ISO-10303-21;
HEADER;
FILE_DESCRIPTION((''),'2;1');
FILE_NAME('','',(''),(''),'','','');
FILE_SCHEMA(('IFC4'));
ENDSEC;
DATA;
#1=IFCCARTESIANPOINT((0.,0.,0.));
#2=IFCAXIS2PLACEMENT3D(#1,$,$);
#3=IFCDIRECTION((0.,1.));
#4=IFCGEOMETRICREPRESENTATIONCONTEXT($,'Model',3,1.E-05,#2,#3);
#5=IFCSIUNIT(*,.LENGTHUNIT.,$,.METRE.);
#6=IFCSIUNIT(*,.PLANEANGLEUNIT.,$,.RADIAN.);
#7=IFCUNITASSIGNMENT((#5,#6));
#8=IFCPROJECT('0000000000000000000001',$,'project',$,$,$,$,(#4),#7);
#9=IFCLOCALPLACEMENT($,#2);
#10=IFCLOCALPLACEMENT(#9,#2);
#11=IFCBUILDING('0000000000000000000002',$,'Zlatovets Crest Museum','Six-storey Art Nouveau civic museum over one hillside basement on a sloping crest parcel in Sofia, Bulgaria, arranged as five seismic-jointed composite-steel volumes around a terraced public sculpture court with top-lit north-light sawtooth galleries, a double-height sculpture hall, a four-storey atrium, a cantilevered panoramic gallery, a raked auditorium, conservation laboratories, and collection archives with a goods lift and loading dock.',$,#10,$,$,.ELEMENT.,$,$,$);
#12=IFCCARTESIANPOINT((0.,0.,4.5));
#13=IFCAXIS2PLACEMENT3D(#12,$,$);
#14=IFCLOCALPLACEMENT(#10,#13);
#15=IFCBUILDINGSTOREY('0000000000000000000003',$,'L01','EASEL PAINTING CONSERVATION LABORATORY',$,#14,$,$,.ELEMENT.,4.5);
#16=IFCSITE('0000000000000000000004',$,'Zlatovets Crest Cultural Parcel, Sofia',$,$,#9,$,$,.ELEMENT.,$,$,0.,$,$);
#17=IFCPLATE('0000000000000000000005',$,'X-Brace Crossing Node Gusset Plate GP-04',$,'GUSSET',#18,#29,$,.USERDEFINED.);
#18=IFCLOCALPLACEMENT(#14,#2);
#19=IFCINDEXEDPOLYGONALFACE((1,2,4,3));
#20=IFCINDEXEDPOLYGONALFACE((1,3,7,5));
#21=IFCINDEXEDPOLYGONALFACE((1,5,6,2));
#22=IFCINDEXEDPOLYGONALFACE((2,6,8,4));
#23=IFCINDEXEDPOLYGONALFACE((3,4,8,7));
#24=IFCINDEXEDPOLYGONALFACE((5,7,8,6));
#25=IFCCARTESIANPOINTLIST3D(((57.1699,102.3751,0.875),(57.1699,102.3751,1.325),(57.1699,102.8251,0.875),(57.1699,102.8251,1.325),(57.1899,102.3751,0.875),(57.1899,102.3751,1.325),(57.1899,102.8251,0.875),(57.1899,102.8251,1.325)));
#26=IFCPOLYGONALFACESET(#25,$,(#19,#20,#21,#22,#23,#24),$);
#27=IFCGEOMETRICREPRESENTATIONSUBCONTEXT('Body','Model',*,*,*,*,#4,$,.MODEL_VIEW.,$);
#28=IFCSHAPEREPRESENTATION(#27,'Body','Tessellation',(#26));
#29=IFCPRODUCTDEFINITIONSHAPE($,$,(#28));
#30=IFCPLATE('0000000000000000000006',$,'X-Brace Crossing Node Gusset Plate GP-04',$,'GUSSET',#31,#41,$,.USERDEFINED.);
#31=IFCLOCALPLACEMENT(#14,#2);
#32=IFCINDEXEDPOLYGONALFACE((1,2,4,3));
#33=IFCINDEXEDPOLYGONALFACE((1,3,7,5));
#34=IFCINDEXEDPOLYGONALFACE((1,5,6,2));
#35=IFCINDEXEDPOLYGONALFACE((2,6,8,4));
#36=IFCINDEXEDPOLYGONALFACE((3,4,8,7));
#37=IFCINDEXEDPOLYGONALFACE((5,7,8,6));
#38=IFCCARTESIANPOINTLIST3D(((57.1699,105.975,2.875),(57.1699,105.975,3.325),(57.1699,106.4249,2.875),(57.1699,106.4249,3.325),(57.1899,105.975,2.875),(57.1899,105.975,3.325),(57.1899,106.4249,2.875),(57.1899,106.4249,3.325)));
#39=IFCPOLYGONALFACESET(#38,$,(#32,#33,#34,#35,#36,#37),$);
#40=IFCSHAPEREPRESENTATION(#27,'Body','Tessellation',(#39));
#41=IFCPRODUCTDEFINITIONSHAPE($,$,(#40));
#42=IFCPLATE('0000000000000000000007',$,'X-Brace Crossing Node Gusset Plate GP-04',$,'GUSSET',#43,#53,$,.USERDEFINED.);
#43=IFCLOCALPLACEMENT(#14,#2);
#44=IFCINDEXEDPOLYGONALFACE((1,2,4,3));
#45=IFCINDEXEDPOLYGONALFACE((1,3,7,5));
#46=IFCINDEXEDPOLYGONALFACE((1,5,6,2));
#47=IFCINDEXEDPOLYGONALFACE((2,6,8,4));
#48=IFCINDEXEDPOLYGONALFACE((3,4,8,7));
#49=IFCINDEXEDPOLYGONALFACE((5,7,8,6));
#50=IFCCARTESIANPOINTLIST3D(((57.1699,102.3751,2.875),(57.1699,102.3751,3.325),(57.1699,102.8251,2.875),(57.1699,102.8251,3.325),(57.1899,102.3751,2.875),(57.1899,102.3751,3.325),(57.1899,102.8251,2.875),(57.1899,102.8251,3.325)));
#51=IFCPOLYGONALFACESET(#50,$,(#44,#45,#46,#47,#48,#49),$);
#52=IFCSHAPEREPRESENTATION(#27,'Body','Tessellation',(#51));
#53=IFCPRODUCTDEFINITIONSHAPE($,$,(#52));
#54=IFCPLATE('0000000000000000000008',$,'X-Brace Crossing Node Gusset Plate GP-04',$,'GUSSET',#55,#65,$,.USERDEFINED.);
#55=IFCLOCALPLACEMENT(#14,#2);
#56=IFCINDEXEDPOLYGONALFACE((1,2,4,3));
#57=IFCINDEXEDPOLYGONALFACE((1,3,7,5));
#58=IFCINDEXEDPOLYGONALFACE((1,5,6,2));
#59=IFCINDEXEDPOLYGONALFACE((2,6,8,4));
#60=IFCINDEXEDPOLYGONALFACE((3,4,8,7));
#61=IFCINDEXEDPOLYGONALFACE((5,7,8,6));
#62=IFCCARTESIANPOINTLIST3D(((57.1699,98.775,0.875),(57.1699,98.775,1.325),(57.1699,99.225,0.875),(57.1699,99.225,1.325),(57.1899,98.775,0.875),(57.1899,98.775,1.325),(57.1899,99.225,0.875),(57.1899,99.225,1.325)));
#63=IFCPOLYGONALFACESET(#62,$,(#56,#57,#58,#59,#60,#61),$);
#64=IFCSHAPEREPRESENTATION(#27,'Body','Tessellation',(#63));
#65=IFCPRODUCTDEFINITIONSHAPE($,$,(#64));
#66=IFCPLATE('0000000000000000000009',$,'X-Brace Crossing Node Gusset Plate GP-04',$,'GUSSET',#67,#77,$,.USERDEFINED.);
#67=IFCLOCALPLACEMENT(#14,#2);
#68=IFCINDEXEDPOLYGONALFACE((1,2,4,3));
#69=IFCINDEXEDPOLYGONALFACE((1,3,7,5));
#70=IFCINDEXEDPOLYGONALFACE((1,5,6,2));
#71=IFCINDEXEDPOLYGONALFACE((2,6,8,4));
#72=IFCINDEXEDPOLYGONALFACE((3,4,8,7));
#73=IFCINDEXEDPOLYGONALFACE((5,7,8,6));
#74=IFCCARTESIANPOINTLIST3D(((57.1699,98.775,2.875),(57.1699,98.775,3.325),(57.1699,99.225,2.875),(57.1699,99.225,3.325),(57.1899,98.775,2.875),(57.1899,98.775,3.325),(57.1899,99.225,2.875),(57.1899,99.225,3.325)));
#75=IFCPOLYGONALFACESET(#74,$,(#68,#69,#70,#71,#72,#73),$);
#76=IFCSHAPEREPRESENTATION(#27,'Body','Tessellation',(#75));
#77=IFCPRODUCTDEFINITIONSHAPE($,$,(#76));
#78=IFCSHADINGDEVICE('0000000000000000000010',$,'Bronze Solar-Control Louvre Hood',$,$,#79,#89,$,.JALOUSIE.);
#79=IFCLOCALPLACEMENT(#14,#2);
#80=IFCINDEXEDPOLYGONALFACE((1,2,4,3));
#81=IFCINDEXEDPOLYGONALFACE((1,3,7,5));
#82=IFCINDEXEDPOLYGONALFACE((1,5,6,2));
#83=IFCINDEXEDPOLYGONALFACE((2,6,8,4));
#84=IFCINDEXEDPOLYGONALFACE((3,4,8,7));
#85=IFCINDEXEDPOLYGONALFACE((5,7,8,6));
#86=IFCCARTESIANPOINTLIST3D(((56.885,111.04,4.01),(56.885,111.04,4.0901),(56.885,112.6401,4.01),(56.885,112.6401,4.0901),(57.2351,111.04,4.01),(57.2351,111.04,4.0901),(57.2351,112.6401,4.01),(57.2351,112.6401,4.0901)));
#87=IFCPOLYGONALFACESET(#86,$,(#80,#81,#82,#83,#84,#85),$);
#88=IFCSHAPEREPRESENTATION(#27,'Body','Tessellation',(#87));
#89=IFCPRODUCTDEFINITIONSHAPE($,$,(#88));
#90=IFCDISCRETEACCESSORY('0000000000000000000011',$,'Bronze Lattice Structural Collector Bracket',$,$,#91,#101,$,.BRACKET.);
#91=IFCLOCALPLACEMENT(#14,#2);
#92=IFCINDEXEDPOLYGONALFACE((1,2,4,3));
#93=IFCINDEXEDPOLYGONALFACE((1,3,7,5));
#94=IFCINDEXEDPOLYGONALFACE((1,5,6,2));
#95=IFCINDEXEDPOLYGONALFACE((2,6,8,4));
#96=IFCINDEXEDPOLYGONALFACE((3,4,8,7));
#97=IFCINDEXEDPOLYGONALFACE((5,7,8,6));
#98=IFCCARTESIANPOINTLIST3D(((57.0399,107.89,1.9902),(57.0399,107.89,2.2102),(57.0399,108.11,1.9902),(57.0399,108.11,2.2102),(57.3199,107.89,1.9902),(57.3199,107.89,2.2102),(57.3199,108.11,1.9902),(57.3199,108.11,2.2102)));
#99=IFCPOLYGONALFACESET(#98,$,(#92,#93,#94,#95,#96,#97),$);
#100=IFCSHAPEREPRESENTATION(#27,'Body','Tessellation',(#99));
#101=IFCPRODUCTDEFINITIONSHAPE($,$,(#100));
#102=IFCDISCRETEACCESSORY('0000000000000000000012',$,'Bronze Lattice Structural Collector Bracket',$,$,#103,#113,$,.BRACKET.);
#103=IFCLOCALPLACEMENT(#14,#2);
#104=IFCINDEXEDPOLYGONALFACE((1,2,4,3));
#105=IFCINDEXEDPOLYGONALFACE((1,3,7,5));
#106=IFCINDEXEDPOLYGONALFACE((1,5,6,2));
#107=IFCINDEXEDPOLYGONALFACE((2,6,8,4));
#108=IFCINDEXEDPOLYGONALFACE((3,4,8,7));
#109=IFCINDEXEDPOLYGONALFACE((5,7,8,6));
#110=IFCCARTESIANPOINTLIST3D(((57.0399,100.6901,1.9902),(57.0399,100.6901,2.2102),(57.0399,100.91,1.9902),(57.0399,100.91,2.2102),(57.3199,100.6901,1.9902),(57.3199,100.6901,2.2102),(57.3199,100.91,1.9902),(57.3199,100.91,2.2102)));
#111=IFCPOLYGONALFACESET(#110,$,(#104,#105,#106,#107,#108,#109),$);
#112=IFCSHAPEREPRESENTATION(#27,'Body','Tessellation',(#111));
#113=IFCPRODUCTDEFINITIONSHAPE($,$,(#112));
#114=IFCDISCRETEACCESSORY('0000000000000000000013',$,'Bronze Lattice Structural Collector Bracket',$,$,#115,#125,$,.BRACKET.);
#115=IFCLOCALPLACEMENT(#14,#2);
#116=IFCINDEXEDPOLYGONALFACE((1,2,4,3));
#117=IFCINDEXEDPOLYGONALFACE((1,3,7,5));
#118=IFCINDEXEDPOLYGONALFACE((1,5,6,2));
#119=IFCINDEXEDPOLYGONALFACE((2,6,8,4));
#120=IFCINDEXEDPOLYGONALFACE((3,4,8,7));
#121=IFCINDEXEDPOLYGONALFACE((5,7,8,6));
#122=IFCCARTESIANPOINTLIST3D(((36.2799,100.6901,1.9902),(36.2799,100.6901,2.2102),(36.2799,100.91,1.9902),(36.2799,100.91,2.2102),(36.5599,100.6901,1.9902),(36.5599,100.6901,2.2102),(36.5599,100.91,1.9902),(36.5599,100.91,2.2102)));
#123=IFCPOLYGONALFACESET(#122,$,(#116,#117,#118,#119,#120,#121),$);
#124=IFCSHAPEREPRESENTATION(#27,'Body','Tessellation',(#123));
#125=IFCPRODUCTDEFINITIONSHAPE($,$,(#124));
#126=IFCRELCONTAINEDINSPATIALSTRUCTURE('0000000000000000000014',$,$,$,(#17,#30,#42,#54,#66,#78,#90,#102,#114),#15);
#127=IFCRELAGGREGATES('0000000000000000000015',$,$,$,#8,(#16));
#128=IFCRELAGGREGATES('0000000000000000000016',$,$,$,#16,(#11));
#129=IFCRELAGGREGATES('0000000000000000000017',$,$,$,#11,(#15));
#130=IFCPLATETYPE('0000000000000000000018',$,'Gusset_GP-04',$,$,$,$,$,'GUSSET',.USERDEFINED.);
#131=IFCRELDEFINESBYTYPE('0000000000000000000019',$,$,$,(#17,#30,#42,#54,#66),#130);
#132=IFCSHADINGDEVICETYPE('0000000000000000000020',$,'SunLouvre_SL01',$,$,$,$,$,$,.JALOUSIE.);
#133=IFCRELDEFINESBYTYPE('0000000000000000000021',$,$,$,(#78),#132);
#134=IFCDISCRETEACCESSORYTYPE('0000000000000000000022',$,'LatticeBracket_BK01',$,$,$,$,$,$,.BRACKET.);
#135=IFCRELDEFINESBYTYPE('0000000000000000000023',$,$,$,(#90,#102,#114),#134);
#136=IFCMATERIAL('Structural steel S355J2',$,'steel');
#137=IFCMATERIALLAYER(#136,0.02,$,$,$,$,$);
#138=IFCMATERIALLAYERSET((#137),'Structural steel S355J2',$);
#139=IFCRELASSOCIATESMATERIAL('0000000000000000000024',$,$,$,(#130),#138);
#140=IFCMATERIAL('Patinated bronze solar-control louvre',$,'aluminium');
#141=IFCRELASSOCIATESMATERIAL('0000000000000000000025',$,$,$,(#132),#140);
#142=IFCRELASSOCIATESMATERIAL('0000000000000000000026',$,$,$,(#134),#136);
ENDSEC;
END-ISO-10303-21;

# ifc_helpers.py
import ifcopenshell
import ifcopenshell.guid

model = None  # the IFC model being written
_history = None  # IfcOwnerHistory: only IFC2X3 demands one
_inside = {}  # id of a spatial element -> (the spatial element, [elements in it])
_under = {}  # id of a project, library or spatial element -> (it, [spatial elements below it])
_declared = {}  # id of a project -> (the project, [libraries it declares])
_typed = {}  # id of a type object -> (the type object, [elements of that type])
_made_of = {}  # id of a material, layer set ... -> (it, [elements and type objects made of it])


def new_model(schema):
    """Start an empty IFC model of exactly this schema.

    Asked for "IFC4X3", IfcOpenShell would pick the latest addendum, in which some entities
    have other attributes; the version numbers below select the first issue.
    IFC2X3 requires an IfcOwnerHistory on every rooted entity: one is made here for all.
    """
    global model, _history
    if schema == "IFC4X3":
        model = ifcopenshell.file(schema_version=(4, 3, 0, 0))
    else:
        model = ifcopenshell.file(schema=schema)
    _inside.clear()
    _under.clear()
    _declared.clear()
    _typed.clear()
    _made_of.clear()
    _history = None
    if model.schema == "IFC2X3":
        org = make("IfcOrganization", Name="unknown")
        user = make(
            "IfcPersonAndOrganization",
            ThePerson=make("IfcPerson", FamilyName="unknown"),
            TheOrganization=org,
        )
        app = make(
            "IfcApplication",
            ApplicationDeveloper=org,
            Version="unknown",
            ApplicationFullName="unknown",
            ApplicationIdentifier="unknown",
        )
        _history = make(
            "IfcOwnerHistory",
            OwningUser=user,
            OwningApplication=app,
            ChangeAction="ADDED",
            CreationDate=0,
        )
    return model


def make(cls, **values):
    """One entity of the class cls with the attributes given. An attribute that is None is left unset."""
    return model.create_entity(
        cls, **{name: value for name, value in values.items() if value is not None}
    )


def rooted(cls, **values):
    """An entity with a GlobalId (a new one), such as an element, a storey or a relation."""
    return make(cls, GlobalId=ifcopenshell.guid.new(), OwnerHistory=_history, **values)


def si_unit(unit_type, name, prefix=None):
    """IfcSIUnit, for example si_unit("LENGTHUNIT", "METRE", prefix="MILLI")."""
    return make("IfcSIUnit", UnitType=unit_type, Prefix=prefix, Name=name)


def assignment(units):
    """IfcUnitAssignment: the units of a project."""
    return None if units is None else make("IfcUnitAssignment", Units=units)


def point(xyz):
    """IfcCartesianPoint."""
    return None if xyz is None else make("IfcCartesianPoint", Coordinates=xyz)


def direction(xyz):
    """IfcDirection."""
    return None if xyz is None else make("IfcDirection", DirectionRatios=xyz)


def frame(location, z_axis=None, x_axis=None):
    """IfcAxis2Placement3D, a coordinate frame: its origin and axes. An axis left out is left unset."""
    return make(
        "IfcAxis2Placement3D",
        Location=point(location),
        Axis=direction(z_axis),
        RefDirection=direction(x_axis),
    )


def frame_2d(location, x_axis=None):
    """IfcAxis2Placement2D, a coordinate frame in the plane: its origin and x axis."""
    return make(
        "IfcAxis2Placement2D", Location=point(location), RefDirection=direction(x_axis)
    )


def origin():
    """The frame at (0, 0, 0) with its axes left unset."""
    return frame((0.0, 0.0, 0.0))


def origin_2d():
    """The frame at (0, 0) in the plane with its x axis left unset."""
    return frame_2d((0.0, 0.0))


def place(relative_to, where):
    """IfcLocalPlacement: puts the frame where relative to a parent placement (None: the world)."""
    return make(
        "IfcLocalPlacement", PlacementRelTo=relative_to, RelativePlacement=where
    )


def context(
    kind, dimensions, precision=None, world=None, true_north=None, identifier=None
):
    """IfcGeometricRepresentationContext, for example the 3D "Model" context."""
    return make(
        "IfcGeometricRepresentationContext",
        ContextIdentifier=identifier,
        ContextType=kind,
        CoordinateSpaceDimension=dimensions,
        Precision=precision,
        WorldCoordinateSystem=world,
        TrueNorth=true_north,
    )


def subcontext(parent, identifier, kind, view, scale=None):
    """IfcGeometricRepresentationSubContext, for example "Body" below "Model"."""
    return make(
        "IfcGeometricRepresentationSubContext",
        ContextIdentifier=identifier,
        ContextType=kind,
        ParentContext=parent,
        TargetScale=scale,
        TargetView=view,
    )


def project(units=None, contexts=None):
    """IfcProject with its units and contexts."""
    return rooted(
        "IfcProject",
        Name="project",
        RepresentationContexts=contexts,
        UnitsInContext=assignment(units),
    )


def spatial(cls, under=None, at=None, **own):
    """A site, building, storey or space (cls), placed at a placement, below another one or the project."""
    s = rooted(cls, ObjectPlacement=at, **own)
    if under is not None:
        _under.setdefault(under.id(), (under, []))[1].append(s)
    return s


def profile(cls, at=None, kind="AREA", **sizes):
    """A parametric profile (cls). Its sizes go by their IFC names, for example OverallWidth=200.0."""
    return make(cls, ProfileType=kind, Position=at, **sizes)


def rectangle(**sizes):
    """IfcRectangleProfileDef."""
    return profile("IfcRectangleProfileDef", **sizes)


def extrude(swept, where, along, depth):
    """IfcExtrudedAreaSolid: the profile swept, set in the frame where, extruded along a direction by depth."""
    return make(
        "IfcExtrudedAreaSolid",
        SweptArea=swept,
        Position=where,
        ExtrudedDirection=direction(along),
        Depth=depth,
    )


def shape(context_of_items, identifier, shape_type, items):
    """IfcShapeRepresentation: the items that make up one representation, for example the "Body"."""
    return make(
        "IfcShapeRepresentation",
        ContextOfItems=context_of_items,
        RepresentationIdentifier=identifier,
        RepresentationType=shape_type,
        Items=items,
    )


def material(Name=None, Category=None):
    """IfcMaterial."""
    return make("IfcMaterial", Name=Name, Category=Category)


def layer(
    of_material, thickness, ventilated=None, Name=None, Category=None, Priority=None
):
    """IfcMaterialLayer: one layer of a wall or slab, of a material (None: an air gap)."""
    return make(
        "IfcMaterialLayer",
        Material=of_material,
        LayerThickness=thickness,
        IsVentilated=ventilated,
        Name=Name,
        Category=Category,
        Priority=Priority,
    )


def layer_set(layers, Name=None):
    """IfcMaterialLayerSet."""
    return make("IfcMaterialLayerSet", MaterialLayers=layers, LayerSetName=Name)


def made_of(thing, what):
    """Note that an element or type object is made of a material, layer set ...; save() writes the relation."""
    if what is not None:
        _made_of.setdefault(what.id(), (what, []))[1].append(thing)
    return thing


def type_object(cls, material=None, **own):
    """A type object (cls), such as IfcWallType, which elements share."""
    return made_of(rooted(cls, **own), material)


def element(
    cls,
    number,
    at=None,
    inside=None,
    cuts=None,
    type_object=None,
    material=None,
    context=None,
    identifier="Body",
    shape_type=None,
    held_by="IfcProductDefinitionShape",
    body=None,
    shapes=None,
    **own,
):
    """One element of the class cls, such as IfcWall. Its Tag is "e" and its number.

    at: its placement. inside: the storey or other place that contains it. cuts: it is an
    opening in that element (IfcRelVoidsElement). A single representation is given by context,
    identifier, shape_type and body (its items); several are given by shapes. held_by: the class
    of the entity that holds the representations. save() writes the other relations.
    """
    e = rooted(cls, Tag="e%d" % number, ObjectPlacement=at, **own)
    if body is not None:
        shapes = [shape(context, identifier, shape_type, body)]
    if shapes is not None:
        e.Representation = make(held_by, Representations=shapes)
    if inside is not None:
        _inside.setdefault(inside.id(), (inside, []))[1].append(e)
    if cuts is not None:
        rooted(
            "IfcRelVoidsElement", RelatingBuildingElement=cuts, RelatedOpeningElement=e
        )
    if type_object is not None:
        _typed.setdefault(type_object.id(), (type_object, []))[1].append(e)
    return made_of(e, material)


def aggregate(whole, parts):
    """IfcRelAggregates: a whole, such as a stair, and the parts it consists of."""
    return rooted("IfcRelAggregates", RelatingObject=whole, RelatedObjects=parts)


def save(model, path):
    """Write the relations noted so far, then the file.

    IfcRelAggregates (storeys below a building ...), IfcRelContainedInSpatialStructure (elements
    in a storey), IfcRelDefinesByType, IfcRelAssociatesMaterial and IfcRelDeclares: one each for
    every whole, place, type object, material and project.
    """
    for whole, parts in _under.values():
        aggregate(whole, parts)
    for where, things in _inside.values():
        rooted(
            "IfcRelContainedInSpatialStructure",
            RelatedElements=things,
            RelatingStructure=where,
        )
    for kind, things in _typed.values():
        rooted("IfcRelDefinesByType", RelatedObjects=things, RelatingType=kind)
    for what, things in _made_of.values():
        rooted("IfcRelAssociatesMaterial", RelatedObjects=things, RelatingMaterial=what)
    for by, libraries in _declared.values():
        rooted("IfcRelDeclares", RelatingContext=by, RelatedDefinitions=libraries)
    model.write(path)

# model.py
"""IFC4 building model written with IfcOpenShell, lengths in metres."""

from ifc_helpers import new_model, si_unit, direction, frame, origin, origin_2d, place, context, subcontext, project, spatial, rectangle, extrude, material, layer, layer_set, type_object, element, save


model = new_model("IFC4")

# Units and contexts
model_context = context("Model", 3, precision=1e-05, world=origin(), true_north=direction((0.0, 1.0)))
body_context = subcontext(model_context, "Body", "Model", "MODEL_VIEW")
ifc_project = project(units=[si_unit("LENGTHUNIT", "METRE"), si_unit("PLANEANGLEUNIT", "RADIAN")], contexts=[model_context])

# Site, building, storey
site_placement = place(None, origin())
site = spatial("IfcSite", under=ifc_project, at=site_placement, Name="Zlatovets Crest Cultural Parcel, Sofia", CompositionType="ELEMENT", RefElevation=0.0)
building_placement = place(site_placement, origin())
building = spatial("IfcBuilding", under=site, at=building_placement, Name="Zlatovets Crest Museum", Description="Six-storey Art Nouveau civic museum over one hillside basement on a sloping crest parcel in Sofia, Bulgaria, arranged as five seismic-jointed composite-steel volumes around a terraced public sculpture court with top-lit north-light sawtooth galleries, a double-height sculpture hall, a four-storey atrium, a cantilevered panoramic gallery, a raked auditorium, conservation laboratories, and collection archives with a goods lift and loading dock.", CompositionType="ELEMENT")
storey_placement = place(building_placement, frame((0.0, 0.0, 4.5)))
storey = spatial("IfcBuildingStorey", under=building, at=storey_placement, Name="L01", Description="EASEL PAINTING CONSERVATION LABORATORY", CompositionType="ELEMENT", Elevation=4.5)

# Plates
ifc_material_1 = material(Name="Structural steel S355J2", Category="steel")
ifc_layer_1 = layer(ifc_material_1, 0.02)
ifc_layer_set_1 = layer_set([ifc_layer_1], Name="Structural steel S355J2")
plate_type_1 = type_object("IfcPlateType", Name="Gusset_GP-04", ElementType="GUSSET", PredefinedType="USERDEFINED", material=ifc_layer_set_1)
for number, where, z_axis, x_axis, name in (
    (1, (57.1799, 102.6001, 0.875), (0.0, 0.0, 1.0), (1.0, 0.0, 0.0), "X-Brace Crossing Node Gusset Plate GP-04"),
    (2, (57.1799, 106.2, 2.875), (0.0, 0.0, 1.0), (1.0, 0.0, 0.0), "X-Brace Crossing Node Gusset Plate GP-04"),
    (3, (57.1799, 102.6001, 2.875), (0.0, 0.0, 1.0), (1.0, 0.0, 0.0), "X-Brace Crossing Node Gusset Plate GP-04"),
    (4, (57.1799, 99.0, 0.875), (0.0, 0.0, 1.0), (1.0, 0.0, 0.0), "X-Brace Crossing Node Gusset Plate GP-04"),
    (5, (57.1799, 99.0, 2.875), (0.0, 0.0, 1.0), (1.0, 0.0, 0.0), "X-Brace Crossing Node Gusset Plate GP-04"),
):
    element("IfcPlate", number, at=place(storey_placement, frame(where, z_axis=z_axis, x_axis=x_axis)), inside=storey, type_object=plate_type_1, Name=name, ObjectType="GUSSET", PredefinedType="USERDEFINED", context=body_context, shape_type="SweptSolid", body=[
        extrude(rectangle(XDim=0.02, YDim=0.45, at=origin_2d()), origin(), (0.0, 0.0, 1.0), 0.45),
    ])

# Shading device
ifc_material_2 = material(Name="Patinated bronze solar-control louvre", Category="aluminium")
shading_device_type = type_object("IfcShadingDeviceType", Name="SunLouvre_SL01", PredefinedType="JALOUSIE", material=ifc_material_2)
shading_device_placement = place(storey_placement, frame((57.0601, 111.8401, 4.01), z_axis=(0.0, 0.0, 1.0), x_axis=(0.0, 1.0, 0.0)))
element("IfcShadingDevice", 6, at=shading_device_placement, inside=storey, type_object=shading_device_type, Name="Bronze Solar-Control Louvre Hood", PredefinedType="JALOUSIE", context=body_context, shape_type="SweptSolid", body=[
    extrude(rectangle(XDim=1.6001, YDim=0.3501, at=origin_2d()), origin(), (0.0, 0.0, 1.0), 0.0801),
])

# Discrete accessories
discrete_accessory_type = type_object("IfcDiscreteAccessoryType", Name="LatticeBracket_BK01", PredefinedType="BRACKET", material=ifc_material_1)
for number, where, z_axis, x_axis, name in (
    (7, (57.1799, 108.0, 1.9902), (0.0, 0.0, 1.0), (1.0, 0.0, 0.0), "Bronze Lattice Structural Collector Bracket"),
    (8, (57.1799, 100.8, 1.9902), (0.0, 0.0, 1.0), (1.0, 0.0, 0.0), "Bronze Lattice Structural Collector Bracket"),
    (9, (36.4199, 100.8, 1.9902), (0.0, 0.0, 1.0), (1.0, 0.0, 0.0), "Bronze Lattice Structural Collector Bracket"),
):
    element("IfcDiscreteAccessory", number, at=place(storey_placement, frame(where, z_axis=z_axis, x_axis=x_axis)), inside=storey, type_object=discrete_accessory_type, Name=name, PredefinedType="BRACKET", context=body_context, shape_type="SweptSolid", body=[
        extrude(rectangle(XDim=0.28, YDim=0.22, at=origin_2d()), origin(), (0.0, 0.0, 1.0), 0.22),
    ])

save(model, "model.ifc")
